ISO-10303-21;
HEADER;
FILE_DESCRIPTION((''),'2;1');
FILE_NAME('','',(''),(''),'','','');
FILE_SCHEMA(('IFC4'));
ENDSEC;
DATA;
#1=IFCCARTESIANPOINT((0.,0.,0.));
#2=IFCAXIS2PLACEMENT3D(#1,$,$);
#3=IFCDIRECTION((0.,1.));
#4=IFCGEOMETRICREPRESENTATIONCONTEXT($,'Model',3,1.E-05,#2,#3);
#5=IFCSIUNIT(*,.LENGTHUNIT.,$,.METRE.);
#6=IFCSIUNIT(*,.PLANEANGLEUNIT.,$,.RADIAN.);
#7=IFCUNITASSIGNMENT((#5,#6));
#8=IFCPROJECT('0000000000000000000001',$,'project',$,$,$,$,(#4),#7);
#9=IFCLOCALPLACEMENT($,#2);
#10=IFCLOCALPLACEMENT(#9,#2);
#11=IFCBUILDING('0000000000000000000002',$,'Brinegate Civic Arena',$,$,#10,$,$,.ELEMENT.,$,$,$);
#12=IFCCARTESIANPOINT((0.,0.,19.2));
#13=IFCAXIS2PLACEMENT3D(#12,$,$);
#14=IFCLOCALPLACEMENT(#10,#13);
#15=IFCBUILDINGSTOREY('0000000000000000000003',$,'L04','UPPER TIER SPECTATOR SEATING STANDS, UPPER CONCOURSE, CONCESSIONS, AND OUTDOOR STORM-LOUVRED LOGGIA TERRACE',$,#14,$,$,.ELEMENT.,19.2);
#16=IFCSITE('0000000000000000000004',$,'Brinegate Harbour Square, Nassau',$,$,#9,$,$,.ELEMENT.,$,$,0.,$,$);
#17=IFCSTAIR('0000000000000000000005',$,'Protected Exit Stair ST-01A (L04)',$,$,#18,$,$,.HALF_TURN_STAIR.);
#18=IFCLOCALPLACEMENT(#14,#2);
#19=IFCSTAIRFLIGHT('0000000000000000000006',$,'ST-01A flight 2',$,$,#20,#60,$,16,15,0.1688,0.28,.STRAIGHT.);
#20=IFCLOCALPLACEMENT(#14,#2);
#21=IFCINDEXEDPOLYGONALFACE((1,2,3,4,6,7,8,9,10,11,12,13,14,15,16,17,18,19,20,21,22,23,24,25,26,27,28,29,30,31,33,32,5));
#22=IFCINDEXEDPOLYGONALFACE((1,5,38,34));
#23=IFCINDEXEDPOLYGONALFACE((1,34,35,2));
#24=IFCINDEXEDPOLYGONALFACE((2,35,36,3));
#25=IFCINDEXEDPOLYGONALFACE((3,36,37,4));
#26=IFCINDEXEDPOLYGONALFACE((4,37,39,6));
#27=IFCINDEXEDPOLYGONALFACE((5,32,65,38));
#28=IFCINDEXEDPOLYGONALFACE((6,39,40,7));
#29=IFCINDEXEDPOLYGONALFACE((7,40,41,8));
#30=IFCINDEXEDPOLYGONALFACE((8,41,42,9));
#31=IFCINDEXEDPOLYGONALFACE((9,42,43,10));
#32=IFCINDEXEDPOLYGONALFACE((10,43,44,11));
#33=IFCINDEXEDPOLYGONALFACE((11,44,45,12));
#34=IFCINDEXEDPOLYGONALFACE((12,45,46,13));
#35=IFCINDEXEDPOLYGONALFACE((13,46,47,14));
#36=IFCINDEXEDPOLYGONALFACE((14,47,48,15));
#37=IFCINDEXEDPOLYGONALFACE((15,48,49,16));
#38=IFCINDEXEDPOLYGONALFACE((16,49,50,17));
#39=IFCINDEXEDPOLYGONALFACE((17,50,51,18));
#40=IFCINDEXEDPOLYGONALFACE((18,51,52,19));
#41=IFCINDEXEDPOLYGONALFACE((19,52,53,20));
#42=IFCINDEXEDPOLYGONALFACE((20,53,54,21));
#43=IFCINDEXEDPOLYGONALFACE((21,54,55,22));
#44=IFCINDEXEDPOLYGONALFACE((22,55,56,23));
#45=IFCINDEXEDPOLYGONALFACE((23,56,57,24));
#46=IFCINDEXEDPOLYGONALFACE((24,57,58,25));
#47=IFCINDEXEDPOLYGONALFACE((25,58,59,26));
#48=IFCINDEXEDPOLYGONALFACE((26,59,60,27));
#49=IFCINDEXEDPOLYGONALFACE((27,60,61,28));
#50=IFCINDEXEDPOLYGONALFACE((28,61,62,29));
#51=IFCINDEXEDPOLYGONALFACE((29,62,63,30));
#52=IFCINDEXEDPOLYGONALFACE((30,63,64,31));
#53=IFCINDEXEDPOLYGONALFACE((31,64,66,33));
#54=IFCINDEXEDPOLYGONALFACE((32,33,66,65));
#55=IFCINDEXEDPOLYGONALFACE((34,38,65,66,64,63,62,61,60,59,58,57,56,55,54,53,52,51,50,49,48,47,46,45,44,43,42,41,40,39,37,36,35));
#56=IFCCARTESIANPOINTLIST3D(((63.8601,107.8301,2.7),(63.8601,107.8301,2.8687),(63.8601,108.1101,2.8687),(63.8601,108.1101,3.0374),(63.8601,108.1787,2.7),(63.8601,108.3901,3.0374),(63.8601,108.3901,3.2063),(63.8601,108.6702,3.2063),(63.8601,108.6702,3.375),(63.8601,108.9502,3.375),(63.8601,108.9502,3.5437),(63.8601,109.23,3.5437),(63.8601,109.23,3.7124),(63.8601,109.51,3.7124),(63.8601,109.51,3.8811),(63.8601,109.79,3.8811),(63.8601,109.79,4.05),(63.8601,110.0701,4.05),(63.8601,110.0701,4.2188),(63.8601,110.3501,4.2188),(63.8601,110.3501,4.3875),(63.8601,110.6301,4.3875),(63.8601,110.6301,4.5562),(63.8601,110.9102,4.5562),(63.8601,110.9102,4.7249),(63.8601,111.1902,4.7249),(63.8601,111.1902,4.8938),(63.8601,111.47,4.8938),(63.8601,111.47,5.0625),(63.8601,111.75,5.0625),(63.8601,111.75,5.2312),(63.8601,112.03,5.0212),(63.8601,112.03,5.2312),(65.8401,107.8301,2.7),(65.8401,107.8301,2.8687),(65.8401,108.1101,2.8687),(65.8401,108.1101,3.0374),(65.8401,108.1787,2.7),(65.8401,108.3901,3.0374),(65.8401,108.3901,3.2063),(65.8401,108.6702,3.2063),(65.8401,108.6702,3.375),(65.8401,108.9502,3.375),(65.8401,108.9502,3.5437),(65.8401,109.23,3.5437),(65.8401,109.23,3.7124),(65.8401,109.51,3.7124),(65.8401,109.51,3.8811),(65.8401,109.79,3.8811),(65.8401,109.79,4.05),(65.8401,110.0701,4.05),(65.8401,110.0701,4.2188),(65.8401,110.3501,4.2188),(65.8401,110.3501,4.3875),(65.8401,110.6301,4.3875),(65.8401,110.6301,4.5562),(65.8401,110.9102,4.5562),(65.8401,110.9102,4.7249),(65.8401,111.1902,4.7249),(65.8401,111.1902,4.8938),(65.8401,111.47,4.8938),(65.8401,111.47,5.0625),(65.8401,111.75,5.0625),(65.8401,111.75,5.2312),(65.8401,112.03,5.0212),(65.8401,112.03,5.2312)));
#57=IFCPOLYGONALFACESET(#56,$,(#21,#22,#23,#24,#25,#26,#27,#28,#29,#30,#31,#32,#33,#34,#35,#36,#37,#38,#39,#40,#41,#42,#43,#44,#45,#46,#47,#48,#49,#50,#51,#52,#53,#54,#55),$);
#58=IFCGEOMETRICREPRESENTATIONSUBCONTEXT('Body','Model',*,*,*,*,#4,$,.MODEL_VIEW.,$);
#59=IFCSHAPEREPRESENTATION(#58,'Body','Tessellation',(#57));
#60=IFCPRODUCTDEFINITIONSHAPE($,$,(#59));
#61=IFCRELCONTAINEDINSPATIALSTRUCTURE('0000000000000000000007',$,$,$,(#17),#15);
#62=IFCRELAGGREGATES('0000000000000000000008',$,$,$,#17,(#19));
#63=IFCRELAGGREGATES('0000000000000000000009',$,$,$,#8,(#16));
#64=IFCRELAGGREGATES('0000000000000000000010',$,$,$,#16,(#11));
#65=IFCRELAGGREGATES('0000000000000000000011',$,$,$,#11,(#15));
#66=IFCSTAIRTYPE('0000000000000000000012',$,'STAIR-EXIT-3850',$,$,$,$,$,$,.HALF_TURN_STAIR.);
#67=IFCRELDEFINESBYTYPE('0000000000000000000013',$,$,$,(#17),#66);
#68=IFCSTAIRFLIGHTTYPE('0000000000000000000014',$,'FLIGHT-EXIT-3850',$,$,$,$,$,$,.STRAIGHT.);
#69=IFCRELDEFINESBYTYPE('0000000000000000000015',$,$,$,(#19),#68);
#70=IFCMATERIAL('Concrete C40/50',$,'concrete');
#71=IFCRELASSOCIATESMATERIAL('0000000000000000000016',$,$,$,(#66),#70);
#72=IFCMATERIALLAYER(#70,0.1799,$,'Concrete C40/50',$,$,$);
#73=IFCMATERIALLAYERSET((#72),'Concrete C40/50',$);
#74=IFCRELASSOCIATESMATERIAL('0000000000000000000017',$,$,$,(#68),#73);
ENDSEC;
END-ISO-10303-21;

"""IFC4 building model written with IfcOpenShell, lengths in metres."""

from ifc_helpers import new_model, si_unit, direction, frame, origin, place, context, subcontext, project, spatial, polyline, outline, extrude, material, layer, layer_set, type_object, element, aggregate, save


model = new_model("IFC4")

# Units and contexts
model_context = context("Model", 3, precision=1e-05, world=origin(), true_north=direction((0.0, 1.0)))
body_context = subcontext(model_context, "Body", "Model", "MODEL_VIEW")
ifc_project = project(units=[si_unit("LENGTHUNIT", "METRE"), si_unit("PLANEANGLEUNIT", "RADIAN")], contexts=[model_context])

# Site, building, storey
site_placement = place(None, origin())
site = spatial("IfcSite", under=ifc_project, at=site_placement, Name="Brinegate Harbour Square, Nassau", CompositionType="ELEMENT", RefElevation=0.0)
building_placement = place(site_placement, origin())
building = spatial("IfcBuilding", under=site, at=building_placement, Name="Brinegate Civic Arena", CompositionType="ELEMENT")
storey_placement = place(building_placement, frame((0.0, 0.0, 19.2)))
storey = spatial("IfcBuildingStorey", under=building, at=storey_placement, Name="L04", Description="UPPER TIER SPECTATOR SEATING STANDS, UPPER CONCOURSE, CONCESSIONS, AND OUTDOOR STORM-LOUVRED LOGGIA TERRACE", CompositionType="ELEMENT", Elevation=19.2)

# Stair, stair flight
ifc_material_1 = material(Name="Concrete C40/50", Category="concrete")
stair_type = type_object("IfcStairType", Name="STAIR-EXIT-3850", PredefinedType="HALF_TURN_STAIR", material=ifc_material_1)
stair_placement = place(storey_placement, origin())
stair = element("IfcStair", 1, at=stair_placement, inside=storey, type_object=stair_type, Name="Protected Exit Stair ST-01A (L04)", PredefinedType="HALF_TURN_STAIR")
ifc_layer_1 = layer(ifc_material_1, 0.1799, Name="Concrete C40/50")
ifc_layer_set_1 = layer_set([ifc_layer_1], Name="Concrete C40/50")
stair_flight_type = type_object("IfcStairFlightType", Name="FLIGHT-EXIT-3850", PredefinedType="STRAIGHT", material=ifc_layer_set_1)
stair_flight_1_placement = place(storey_placement, frame((64.8501, 107.8301, 2.7), z_axis=(0.0, 0.0, 1.0), x_axis=(0.0, 1.0, 0.0)))
stair_flight_1 = element("IfcStairFlight", 2, at=stair_flight_1_placement, type_object=stair_flight_type, Name="ST-01A flight 2", NumberOfRisers=16, NumberOfTreads=15, PredefinedType="STRAIGHT", RiserHeight=0.1688, TreadLength=0.28, context=body_context, shape_type="SweptSolid", body=[
    extrude(outline(polyline([(0.0, 0.0), (0.0, 0.1687), (0.28, 0.1687), (0.28, 0.3374), (0.5601, 0.3374), (0.5601, 0.5063), (0.8401, 0.5063), (0.8401, 0.675), (1.1201, 0.675), (1.1201, 0.8438), (1.3999, 0.8438), (1.3999, 1.0125), (1.6799, 1.0125), (1.6799, 1.1812), (1.96, 1.1812), (1.96, 1.3501), (2.24, 1.3501), (2.24, 1.5188), (2.52, 1.5188), (2.52, 1.6875), (2.8, 1.6875), (2.8, 1.8562), (3.0801, 1.8562), (3.0801, 2.0249), (3.3601, 2.0249), (3.3601, 2.1938), (3.6399, 2.1938), (3.6399, 2.3625), (3.9199, 2.3625), (3.9199, 2.5312), (4.2, 2.5312), (4.2, 2.7), (4.2, 2.3213), (0.3486, 0.0), (0.0, 0.0)])), frame((0.0, 0.99, 0.0), z_axis=(0.0, -1.0, 0.0), x_axis=(1.0, 0.0, 0.0)), (0.0, 0.0, 1.0), 1.98),
])
aggregate(stair, [stair_flight_1])

save(model, "model.ifc")
